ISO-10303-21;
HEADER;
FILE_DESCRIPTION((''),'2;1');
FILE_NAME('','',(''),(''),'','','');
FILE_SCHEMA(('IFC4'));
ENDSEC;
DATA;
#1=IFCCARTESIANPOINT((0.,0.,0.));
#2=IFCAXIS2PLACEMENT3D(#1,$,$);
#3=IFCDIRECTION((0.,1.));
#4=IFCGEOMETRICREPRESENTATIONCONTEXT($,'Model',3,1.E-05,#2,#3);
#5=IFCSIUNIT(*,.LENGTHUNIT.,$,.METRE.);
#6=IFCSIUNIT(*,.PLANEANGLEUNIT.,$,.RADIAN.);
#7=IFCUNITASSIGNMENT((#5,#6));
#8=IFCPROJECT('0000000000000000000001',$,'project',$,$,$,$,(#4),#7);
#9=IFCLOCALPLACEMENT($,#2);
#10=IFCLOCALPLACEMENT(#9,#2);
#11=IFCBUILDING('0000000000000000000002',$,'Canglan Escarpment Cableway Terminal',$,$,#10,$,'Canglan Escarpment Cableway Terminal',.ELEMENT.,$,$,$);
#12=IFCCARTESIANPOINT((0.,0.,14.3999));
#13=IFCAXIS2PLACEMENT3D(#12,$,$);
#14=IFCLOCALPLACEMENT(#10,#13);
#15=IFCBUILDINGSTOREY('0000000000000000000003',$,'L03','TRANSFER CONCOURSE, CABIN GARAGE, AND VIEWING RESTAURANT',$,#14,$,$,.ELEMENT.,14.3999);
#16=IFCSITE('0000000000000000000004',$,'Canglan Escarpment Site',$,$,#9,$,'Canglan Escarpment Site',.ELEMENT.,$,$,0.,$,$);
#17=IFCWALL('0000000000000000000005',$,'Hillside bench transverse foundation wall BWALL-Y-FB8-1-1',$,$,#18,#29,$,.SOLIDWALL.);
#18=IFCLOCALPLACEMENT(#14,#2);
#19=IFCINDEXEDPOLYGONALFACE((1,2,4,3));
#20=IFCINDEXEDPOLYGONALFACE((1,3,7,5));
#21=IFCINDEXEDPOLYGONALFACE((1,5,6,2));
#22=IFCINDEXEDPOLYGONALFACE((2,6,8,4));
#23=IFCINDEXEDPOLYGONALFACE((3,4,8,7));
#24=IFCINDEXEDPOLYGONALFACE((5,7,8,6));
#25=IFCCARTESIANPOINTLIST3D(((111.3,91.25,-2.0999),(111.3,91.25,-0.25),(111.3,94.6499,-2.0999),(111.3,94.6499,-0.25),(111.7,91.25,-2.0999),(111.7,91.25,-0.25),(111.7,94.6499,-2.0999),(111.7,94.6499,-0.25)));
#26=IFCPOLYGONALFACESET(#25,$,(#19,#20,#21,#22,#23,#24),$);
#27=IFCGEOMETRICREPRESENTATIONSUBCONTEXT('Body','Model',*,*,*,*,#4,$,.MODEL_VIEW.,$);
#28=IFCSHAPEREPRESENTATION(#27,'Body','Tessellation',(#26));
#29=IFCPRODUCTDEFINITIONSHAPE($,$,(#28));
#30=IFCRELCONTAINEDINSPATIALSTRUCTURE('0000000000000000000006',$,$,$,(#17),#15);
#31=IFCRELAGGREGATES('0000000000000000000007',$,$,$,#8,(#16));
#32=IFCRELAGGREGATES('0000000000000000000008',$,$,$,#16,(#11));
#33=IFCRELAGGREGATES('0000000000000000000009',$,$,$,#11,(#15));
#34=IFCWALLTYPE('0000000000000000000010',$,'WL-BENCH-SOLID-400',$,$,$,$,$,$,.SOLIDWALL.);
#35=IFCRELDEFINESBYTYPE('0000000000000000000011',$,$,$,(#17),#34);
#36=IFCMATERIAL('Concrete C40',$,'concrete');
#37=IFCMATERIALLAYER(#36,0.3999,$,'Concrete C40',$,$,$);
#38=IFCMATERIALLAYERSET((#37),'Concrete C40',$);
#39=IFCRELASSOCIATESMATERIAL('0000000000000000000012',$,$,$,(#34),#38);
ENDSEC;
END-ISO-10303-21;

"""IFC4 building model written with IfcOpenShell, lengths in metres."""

from ifc_helpers import new_model, si_unit, direction, frame, frame_2d, origin, place, context, subcontext, project, spatial, rectangle, extrude, material, layer, layer_set, type_object, element, save


model = new_model("IFC4")

# Units and contexts
model_context = context("Model", 3, precision=1e-05, world=origin(), true_north=direction((0.0, 1.0)))
body_context = subcontext(model_context, "Body", "Model", "MODEL_VIEW")
ifc_project = project(units=[si_unit("LENGTHUNIT", "METRE"), si_unit("PLANEANGLEUNIT", "RADIAN")], contexts=[model_context])

# Site, building, storey
site_placement = place(None, origin())
site = spatial("IfcSite", under=ifc_project, at=site_placement, Name="Canglan Escarpment Site", LongName="Canglan Escarpment Site", CompositionType="ELEMENT", RefElevation=0.0)
building_placement = place(site_placement, origin())
building = spatial("IfcBuilding", under=site, at=building_placement, Name="Canglan Escarpment Cableway Terminal", LongName="Canglan Escarpment Cableway Terminal", CompositionType="ELEMENT")
storey_placement = place(building_placement, frame((0.0, 0.0, 14.3999)))
storey = spatial("IfcBuildingStorey", under=building, at=storey_placement, Name="L03", Description="TRANSFER CONCOURSE, CABIN GARAGE, AND VIEWING RESTAURANT", CompositionType="ELEMENT", Elevation=14.3999)

# Shared definitions
ifc_material_1 = material(Name="Concrete C40", Category="concrete")

# Wall
ifc_layer_1 = layer(ifc_material_1, 0.3999, Name="Concrete C40")
ifc_layer_set_1 = layer_set([ifc_layer_1], Name="Concrete C40")
wall_type = type_object("IfcWallType", Name="WL-BENCH-SOLID-400", PredefinedType="SOLIDWALL", material=ifc_layer_set_1)
wall_placement = place(storey_placement, frame((111.5, 91.25, -2.0999), z_axis=(0.0, 0.0, 1.0), x_axis=(0.0, 1.0, 0.0)))
element("IfcWall", 1, at=wall_placement, inside=storey, type_object=wall_type, Name="Hillside bench transverse foundation wall BWALL-Y-FB8-1-1", PredefinedType="SOLIDWALL", context=body_context, shape_type="SweptSolid", body=[
    extrude(rectangle(XDim=3.3999, YDim=0.3999, at=frame_2d((1.7, 0.0))), origin(), (0.0, 0.0, 1.0), 1.8499),
])

save(model, "model.ifc")
